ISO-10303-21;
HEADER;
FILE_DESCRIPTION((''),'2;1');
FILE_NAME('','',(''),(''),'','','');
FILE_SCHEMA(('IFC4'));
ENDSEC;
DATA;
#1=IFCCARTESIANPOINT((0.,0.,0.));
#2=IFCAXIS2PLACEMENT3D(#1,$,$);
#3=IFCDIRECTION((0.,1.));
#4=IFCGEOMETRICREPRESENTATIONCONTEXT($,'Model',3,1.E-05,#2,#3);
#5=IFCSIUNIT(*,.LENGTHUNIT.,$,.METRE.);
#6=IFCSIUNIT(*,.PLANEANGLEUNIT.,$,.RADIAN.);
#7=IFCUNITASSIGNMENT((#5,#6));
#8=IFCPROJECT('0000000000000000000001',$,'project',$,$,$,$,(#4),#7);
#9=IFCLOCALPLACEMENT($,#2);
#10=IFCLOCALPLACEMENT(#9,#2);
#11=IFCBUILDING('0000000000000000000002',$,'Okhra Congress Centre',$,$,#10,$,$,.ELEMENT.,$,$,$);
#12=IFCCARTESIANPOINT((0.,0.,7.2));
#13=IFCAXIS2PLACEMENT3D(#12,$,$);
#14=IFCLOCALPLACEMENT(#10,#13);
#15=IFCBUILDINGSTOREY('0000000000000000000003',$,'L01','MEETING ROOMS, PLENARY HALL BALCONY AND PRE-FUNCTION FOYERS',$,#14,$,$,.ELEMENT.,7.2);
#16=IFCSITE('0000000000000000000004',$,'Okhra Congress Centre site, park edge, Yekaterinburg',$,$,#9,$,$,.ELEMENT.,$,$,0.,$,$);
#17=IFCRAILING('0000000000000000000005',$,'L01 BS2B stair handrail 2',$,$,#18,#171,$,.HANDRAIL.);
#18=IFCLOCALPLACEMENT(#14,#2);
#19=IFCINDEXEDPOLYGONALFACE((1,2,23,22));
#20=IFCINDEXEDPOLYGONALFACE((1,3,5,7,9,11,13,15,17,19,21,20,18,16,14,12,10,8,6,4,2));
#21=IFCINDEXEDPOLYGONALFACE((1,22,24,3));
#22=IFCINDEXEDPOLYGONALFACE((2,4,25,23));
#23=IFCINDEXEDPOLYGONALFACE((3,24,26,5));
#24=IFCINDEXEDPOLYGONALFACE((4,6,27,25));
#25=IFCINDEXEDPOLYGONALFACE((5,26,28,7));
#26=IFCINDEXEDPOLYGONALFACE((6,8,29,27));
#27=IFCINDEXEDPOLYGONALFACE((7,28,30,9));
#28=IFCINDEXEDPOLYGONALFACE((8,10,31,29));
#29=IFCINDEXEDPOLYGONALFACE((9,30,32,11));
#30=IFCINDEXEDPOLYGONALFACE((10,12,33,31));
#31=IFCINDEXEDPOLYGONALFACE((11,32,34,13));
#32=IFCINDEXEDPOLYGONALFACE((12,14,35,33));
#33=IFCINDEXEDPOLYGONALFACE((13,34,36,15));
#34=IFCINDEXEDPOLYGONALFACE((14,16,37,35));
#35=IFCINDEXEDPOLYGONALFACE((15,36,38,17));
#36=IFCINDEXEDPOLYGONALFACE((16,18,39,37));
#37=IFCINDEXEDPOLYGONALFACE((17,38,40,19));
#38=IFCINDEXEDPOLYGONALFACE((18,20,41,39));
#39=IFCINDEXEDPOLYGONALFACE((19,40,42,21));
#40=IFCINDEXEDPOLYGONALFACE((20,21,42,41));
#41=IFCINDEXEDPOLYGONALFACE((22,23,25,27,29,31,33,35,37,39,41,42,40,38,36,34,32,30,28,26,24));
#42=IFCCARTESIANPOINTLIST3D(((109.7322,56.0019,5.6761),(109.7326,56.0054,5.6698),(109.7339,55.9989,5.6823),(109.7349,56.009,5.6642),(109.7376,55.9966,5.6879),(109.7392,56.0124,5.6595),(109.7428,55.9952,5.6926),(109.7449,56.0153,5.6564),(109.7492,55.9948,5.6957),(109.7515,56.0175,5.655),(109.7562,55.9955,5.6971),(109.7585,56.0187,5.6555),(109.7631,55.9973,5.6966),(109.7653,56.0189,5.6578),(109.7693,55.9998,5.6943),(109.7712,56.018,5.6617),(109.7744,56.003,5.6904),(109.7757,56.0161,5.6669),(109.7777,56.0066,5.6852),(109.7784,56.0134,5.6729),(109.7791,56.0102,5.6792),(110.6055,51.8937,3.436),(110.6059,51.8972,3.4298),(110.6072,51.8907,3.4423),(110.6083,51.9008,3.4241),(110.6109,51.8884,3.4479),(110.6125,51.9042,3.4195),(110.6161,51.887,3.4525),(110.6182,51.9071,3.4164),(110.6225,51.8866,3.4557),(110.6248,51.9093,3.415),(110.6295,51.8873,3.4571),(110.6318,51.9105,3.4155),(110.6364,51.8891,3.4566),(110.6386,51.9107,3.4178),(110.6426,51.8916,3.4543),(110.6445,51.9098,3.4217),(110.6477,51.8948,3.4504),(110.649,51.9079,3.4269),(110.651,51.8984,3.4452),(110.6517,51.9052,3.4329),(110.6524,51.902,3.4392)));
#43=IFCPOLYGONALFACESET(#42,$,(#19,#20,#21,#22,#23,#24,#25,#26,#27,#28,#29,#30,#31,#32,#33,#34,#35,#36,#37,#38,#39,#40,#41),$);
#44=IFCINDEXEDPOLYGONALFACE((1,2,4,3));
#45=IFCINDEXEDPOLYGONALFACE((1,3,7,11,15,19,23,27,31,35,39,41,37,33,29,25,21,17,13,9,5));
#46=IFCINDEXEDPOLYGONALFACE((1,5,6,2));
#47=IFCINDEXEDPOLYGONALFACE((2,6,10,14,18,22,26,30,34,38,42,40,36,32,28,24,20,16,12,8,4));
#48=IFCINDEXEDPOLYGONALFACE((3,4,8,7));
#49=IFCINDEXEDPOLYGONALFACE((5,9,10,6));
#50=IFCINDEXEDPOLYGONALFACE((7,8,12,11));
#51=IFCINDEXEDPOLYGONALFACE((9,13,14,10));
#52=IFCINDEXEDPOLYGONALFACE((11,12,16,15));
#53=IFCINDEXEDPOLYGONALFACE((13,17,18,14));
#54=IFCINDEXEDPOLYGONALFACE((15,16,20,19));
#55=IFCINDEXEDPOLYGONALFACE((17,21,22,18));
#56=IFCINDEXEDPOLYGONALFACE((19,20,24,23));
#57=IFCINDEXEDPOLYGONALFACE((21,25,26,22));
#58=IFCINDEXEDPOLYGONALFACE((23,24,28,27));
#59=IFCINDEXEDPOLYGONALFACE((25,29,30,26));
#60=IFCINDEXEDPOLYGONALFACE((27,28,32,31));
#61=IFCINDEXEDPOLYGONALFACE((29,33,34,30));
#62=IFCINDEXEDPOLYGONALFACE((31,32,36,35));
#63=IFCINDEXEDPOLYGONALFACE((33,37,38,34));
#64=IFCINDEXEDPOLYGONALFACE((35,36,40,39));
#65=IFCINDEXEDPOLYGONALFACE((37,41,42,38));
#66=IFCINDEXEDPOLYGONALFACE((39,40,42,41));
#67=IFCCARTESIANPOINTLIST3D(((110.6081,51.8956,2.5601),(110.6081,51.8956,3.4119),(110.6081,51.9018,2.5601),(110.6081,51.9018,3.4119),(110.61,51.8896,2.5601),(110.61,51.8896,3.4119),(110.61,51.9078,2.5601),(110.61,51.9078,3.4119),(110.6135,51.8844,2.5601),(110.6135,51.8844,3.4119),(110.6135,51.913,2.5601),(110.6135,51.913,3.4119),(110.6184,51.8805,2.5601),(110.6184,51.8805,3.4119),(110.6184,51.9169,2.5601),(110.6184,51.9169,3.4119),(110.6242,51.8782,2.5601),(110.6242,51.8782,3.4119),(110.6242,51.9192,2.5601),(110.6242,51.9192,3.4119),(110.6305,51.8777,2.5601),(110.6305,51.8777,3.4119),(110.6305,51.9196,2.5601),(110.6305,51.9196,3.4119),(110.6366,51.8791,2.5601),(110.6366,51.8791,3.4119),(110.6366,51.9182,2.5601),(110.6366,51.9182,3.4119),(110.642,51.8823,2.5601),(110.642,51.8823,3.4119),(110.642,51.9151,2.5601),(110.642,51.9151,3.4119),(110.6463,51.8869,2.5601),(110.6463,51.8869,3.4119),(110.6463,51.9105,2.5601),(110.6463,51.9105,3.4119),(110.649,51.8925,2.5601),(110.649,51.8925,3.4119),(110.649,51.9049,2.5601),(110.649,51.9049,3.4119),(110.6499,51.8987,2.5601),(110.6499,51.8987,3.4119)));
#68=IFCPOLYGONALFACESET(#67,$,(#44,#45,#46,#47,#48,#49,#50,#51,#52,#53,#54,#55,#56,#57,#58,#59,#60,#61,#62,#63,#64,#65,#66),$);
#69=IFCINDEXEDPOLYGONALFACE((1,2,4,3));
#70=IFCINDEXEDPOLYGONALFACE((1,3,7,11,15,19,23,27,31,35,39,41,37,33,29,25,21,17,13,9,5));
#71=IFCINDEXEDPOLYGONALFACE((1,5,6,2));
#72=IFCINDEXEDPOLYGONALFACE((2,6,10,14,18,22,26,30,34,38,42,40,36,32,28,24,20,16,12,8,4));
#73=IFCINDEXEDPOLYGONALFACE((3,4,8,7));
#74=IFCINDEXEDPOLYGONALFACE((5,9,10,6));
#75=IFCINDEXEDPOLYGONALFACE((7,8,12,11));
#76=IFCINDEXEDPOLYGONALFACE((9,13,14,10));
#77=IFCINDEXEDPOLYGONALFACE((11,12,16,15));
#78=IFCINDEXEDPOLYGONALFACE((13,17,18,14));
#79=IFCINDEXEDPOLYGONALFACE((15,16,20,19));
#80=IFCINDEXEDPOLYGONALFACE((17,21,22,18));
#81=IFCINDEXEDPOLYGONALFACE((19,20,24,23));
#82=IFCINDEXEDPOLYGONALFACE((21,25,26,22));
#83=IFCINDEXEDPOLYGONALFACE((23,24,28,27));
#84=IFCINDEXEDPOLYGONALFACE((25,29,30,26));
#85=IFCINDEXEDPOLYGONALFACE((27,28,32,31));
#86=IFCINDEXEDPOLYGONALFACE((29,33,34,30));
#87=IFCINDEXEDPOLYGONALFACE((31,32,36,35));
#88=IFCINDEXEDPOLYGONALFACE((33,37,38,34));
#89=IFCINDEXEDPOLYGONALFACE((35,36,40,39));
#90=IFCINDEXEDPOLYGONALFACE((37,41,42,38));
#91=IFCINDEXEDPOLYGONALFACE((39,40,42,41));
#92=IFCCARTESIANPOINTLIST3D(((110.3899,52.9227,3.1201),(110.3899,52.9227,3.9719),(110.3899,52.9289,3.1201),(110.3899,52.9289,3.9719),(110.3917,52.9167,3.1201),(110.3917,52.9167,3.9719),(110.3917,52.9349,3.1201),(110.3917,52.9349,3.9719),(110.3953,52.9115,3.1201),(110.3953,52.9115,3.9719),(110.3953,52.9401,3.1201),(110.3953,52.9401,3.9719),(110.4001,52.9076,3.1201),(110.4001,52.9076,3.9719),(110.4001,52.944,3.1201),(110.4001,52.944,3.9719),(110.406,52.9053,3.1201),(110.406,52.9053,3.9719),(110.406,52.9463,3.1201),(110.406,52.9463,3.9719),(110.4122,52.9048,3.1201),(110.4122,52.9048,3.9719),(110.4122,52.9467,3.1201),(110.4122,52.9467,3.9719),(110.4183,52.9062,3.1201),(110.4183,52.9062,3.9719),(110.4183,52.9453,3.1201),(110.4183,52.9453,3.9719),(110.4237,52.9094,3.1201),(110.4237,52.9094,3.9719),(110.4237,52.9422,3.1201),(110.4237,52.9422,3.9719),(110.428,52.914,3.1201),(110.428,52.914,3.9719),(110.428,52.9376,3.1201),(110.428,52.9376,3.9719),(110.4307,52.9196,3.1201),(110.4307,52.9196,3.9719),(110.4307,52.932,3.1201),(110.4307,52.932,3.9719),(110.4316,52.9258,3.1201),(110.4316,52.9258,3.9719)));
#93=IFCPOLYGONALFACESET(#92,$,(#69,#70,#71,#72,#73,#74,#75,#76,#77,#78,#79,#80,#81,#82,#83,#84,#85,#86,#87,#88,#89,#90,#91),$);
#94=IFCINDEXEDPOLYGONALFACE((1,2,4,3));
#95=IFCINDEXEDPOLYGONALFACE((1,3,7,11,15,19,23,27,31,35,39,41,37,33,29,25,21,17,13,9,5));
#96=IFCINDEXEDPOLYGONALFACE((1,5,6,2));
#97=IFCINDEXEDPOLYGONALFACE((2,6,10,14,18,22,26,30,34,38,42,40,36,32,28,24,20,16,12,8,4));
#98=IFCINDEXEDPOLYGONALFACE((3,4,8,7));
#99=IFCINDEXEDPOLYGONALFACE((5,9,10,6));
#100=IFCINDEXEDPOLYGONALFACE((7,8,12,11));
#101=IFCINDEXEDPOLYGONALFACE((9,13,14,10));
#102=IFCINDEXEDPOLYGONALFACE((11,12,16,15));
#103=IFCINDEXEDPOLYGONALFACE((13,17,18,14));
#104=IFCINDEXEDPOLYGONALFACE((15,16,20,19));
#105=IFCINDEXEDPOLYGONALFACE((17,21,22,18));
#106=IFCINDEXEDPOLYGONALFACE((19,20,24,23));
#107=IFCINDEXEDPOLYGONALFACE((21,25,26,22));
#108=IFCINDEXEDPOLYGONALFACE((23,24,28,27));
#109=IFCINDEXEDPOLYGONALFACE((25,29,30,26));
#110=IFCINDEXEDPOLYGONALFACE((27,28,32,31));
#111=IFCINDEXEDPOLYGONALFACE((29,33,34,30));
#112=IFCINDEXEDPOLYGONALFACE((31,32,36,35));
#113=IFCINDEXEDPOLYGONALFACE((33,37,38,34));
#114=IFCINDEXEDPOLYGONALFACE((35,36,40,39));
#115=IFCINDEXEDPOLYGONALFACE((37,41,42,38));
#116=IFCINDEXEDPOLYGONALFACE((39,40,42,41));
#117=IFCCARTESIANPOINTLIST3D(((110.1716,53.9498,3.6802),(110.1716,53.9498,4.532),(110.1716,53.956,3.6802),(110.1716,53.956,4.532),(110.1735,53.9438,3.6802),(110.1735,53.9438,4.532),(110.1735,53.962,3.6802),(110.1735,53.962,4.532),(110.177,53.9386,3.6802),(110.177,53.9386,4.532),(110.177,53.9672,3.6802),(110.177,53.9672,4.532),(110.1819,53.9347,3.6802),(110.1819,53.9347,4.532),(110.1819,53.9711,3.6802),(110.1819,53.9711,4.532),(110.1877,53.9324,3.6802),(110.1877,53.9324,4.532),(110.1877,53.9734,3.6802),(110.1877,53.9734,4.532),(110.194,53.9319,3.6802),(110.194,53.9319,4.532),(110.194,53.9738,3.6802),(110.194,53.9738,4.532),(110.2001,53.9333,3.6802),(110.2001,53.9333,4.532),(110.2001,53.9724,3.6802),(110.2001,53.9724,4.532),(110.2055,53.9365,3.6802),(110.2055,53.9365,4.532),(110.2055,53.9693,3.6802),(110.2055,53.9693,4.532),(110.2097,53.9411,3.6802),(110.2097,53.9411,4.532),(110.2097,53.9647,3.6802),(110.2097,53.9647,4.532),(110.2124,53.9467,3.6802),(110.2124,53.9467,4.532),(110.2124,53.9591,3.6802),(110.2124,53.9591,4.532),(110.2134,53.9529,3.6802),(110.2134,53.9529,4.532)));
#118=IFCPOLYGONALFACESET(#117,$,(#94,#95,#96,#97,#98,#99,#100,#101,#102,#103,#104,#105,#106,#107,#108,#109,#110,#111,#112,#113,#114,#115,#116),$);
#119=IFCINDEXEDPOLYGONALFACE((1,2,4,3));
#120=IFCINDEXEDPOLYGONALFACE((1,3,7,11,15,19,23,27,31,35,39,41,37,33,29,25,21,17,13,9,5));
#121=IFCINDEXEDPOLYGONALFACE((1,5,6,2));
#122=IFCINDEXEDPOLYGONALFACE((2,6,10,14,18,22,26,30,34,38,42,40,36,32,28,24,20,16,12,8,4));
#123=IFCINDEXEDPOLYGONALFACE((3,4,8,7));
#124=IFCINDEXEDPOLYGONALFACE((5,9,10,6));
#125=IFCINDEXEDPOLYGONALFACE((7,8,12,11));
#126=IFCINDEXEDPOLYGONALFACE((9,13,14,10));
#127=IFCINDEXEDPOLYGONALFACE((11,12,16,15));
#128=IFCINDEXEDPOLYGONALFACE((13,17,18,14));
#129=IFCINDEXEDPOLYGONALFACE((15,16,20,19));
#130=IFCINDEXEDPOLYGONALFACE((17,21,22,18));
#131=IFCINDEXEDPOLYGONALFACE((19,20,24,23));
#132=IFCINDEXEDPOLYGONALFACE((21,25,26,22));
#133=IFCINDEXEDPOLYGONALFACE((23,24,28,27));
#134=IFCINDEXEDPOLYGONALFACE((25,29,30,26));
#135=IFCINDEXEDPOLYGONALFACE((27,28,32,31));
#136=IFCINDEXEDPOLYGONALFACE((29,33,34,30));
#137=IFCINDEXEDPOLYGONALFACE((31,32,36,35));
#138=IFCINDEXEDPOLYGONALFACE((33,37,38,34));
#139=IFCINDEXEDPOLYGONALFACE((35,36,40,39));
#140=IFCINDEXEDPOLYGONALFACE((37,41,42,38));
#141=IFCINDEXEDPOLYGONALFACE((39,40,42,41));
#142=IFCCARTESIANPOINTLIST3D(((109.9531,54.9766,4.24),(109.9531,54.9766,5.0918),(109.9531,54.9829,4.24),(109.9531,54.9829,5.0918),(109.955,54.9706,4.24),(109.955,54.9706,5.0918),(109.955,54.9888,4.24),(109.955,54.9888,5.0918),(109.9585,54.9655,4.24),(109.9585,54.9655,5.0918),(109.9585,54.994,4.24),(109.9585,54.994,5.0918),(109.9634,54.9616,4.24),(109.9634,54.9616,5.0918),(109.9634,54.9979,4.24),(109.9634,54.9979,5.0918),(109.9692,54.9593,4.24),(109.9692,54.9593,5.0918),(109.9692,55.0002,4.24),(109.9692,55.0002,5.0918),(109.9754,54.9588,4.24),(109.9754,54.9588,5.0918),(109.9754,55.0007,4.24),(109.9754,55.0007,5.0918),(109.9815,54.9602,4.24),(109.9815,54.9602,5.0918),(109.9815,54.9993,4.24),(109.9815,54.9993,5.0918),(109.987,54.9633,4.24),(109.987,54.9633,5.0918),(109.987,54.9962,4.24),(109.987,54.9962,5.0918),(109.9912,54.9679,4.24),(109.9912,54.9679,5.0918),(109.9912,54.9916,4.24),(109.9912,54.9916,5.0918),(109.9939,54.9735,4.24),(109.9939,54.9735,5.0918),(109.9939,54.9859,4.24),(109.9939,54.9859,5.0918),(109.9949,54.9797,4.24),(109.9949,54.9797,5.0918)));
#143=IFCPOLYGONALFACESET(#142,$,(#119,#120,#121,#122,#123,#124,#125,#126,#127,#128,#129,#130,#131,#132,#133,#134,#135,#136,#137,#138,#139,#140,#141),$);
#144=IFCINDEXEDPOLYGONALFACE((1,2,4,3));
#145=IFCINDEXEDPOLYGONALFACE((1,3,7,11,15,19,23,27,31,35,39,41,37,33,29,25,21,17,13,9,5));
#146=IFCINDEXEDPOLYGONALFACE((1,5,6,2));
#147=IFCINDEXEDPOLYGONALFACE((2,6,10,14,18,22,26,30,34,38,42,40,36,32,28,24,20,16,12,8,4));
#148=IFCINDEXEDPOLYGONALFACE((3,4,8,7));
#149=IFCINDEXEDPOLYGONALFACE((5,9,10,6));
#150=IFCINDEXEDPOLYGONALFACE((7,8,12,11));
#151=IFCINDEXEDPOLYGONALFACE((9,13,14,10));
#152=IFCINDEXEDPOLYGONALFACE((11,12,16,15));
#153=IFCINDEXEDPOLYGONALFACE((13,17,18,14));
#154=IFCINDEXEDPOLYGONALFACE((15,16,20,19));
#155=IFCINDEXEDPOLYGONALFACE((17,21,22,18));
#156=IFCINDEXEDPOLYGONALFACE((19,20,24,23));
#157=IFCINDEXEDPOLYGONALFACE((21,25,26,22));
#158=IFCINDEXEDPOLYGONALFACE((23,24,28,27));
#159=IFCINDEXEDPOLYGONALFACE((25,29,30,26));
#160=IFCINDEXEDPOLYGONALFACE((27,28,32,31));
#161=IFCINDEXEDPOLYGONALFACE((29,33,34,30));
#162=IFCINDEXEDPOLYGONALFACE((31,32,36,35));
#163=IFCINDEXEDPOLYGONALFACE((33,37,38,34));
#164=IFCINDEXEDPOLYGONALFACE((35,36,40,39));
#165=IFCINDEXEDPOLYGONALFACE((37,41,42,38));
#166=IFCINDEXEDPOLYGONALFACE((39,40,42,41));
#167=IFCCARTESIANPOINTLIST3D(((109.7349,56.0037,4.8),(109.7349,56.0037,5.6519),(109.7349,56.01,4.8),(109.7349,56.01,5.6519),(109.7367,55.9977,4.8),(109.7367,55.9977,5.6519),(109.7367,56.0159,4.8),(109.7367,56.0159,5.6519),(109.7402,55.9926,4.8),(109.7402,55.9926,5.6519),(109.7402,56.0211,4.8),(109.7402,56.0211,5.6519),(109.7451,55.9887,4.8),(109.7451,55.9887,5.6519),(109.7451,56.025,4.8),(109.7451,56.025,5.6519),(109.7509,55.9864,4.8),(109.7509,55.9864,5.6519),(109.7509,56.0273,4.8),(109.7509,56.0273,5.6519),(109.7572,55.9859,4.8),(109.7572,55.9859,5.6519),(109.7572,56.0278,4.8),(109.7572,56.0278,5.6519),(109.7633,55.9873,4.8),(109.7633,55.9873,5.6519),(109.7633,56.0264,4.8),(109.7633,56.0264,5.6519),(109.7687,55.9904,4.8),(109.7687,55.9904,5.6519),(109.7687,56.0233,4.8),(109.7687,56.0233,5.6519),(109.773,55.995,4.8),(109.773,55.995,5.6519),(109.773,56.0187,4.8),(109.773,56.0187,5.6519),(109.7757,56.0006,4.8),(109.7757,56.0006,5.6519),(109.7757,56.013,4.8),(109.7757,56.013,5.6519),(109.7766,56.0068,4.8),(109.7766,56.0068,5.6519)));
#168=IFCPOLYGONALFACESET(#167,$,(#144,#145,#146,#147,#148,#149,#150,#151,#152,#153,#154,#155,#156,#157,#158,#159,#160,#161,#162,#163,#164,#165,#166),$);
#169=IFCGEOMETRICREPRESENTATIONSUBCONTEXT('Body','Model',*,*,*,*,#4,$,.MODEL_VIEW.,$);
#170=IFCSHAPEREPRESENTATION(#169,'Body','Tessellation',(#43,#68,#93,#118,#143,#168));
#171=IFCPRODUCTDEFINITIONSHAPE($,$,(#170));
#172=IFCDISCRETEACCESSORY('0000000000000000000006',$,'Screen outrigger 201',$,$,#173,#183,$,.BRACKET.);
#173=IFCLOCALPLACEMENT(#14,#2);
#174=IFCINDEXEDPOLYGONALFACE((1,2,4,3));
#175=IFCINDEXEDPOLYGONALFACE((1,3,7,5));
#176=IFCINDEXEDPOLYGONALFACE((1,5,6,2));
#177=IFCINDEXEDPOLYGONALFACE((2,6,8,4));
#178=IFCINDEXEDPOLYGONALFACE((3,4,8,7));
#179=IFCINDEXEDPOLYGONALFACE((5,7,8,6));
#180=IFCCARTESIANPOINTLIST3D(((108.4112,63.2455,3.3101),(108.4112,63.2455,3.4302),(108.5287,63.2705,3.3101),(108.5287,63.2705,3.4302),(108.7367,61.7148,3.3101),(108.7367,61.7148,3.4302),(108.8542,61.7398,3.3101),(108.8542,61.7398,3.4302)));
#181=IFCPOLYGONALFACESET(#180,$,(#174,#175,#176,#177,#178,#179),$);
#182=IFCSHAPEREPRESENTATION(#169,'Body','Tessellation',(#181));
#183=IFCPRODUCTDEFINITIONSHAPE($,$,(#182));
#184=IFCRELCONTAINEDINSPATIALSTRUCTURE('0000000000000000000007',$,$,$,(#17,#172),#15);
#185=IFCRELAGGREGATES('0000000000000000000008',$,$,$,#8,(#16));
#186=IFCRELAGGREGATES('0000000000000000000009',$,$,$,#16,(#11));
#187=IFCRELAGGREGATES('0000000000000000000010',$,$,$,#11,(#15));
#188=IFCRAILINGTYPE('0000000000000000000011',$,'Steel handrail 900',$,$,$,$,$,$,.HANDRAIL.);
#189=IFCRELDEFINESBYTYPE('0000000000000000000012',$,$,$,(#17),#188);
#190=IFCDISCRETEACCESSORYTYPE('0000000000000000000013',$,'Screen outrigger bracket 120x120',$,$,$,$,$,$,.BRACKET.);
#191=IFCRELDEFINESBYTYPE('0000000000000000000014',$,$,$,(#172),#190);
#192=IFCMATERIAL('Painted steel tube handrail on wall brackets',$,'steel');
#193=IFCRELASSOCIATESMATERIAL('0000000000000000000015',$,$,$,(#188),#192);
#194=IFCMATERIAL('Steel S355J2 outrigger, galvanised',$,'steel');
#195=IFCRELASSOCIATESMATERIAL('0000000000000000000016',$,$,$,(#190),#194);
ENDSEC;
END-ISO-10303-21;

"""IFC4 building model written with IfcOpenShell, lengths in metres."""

from ifc_helpers import new_model, si_unit, direction, frame, origin, origin_2d, place, context, subcontext, project, spatial, rectangle, circle, extrude, material, material_profile, profile_set, type_object, element, save


model = new_model("IFC4")

# Units and contexts
model_context = context("Model", 3, precision=1e-05, world=origin(), true_north=direction((0.0, 1.0)))
body_context = subcontext(model_context, "Body", "Model", "MODEL_VIEW")
ifc_project = project(units=[si_unit("LENGTHUNIT", "METRE"), si_unit("PLANEANGLEUNIT", "RADIAN")], contexts=[model_context])

# Site, building, storey
site_placement = place(None, origin())
site = spatial("IfcSite", under=ifc_project, at=site_placement, Name="Okhra Congress Centre site, park edge, Yekaterinburg", CompositionType="ELEMENT", RefElevation=0.0)
building_placement = place(site_placement, origin())
building = spatial("IfcBuilding", under=site, at=building_placement, Name="Okhra Congress Centre", CompositionType="ELEMENT")
storey_placement = place(building_placement, frame((0.0, 0.0, 7.2)))
storey = spatial("IfcBuildingStorey", under=building, at=storey_placement, Name="L01", Description="MEETING ROOMS, PLENARY HALL BALCONY AND PRE-FUNCTION FOYERS", CompositionType="ELEMENT", Elevation=7.2)

# Railing
ifc_material_1 = material(Name="Painted steel tube handrail on wall brackets", Category="steel")
railing_type = type_object("IfcRailingType", Name="Steel handrail 900", PredefinedType="HANDRAIL", material=ifc_material_1)
railing_placement = place(storey_placement, frame((110.6289, 51.8987, 2.5601)))
element("IfcRailing", 1, at=railing_placement, inside=storey, type_object=railing_type, Name="L01 BS2B stair handrail 2", PredefinedType="HANDRAIL", context=body_context, shape_type="SweptSolid", body=[
    extrude(circle(Radius=0.0239, at=origin_2d()), frame((0.0, 0.0, 0.876), z_axis=(-0.183466, 0.863067, 0.470591), x_axis=(-0.978144, -0.207929, 0.0)), (0.0, 0.0, 1.0), 4.76),
    extrude(circle(Radius=0.021, at=origin_2d()), origin(), (0.0, 0.0, 1.0), 0.8518),
    extrude(circle(Radius=0.021, at=origin_2d()), frame((-0.2183, 1.0271, 0.5601)), (0.0, 0.0, 1.0), 0.8518),
    extrude(circle(Radius=0.021, at=origin_2d()), frame((-0.4365, 2.0542, 1.1201)), (0.0, 0.0, 1.0), 0.8518),
    extrude(circle(Radius=0.021, at=origin_2d()), frame((-0.655, 3.0811, 1.6799)), (0.0, 0.0, 1.0), 0.8518),
    extrude(circle(Radius=0.021, at=origin_2d()), frame((-0.8733, 4.1082, 2.24)), (0.0, 0.0, 1.0), 0.8518),
])

# Discrete accessory
ifc_material_2 = material(Name="Steel S355J2 outrigger, galvanised", Category="steel")
ifc_material_profile_1 = material_profile(ifc_material_2, rectangle(XDim=0.1201, YDim=0.1201, at=origin_2d()), Name="Screen outrigger bracket 120x120")
ifc_profile_set_1 = profile_set([ifc_material_profile_1], Name="Steel S355J2 outrigger, galvanised")
discrete_accessory_type = type_object("IfcDiscreteAccessoryType", Name="Screen outrigger bracket 120x120", PredefinedType="BRACKET", material=ifc_profile_set_1)
discrete_accessory_placement = place(storey_placement, frame((108.7954, 61.7273, 3.3701), z_axis=(-0.207952, 0.978139, 0.0), x_axis=(-0.978139, -0.207952, 0.0)))
element("IfcDiscreteAccessory", 2, at=discrete_accessory_placement, inside=storey, type_object=discrete_accessory_type, Name="Screen outrigger 201", PredefinedType="BRACKET", context=body_context, shape_type="SweptSolid", body=[
    extrude(rectangle(XDim=0.1201, YDim=0.1201, at=origin_2d()), origin(), (0.0, 0.0, 1.0), 1.5649),
])

save(model, "model.ifc")
